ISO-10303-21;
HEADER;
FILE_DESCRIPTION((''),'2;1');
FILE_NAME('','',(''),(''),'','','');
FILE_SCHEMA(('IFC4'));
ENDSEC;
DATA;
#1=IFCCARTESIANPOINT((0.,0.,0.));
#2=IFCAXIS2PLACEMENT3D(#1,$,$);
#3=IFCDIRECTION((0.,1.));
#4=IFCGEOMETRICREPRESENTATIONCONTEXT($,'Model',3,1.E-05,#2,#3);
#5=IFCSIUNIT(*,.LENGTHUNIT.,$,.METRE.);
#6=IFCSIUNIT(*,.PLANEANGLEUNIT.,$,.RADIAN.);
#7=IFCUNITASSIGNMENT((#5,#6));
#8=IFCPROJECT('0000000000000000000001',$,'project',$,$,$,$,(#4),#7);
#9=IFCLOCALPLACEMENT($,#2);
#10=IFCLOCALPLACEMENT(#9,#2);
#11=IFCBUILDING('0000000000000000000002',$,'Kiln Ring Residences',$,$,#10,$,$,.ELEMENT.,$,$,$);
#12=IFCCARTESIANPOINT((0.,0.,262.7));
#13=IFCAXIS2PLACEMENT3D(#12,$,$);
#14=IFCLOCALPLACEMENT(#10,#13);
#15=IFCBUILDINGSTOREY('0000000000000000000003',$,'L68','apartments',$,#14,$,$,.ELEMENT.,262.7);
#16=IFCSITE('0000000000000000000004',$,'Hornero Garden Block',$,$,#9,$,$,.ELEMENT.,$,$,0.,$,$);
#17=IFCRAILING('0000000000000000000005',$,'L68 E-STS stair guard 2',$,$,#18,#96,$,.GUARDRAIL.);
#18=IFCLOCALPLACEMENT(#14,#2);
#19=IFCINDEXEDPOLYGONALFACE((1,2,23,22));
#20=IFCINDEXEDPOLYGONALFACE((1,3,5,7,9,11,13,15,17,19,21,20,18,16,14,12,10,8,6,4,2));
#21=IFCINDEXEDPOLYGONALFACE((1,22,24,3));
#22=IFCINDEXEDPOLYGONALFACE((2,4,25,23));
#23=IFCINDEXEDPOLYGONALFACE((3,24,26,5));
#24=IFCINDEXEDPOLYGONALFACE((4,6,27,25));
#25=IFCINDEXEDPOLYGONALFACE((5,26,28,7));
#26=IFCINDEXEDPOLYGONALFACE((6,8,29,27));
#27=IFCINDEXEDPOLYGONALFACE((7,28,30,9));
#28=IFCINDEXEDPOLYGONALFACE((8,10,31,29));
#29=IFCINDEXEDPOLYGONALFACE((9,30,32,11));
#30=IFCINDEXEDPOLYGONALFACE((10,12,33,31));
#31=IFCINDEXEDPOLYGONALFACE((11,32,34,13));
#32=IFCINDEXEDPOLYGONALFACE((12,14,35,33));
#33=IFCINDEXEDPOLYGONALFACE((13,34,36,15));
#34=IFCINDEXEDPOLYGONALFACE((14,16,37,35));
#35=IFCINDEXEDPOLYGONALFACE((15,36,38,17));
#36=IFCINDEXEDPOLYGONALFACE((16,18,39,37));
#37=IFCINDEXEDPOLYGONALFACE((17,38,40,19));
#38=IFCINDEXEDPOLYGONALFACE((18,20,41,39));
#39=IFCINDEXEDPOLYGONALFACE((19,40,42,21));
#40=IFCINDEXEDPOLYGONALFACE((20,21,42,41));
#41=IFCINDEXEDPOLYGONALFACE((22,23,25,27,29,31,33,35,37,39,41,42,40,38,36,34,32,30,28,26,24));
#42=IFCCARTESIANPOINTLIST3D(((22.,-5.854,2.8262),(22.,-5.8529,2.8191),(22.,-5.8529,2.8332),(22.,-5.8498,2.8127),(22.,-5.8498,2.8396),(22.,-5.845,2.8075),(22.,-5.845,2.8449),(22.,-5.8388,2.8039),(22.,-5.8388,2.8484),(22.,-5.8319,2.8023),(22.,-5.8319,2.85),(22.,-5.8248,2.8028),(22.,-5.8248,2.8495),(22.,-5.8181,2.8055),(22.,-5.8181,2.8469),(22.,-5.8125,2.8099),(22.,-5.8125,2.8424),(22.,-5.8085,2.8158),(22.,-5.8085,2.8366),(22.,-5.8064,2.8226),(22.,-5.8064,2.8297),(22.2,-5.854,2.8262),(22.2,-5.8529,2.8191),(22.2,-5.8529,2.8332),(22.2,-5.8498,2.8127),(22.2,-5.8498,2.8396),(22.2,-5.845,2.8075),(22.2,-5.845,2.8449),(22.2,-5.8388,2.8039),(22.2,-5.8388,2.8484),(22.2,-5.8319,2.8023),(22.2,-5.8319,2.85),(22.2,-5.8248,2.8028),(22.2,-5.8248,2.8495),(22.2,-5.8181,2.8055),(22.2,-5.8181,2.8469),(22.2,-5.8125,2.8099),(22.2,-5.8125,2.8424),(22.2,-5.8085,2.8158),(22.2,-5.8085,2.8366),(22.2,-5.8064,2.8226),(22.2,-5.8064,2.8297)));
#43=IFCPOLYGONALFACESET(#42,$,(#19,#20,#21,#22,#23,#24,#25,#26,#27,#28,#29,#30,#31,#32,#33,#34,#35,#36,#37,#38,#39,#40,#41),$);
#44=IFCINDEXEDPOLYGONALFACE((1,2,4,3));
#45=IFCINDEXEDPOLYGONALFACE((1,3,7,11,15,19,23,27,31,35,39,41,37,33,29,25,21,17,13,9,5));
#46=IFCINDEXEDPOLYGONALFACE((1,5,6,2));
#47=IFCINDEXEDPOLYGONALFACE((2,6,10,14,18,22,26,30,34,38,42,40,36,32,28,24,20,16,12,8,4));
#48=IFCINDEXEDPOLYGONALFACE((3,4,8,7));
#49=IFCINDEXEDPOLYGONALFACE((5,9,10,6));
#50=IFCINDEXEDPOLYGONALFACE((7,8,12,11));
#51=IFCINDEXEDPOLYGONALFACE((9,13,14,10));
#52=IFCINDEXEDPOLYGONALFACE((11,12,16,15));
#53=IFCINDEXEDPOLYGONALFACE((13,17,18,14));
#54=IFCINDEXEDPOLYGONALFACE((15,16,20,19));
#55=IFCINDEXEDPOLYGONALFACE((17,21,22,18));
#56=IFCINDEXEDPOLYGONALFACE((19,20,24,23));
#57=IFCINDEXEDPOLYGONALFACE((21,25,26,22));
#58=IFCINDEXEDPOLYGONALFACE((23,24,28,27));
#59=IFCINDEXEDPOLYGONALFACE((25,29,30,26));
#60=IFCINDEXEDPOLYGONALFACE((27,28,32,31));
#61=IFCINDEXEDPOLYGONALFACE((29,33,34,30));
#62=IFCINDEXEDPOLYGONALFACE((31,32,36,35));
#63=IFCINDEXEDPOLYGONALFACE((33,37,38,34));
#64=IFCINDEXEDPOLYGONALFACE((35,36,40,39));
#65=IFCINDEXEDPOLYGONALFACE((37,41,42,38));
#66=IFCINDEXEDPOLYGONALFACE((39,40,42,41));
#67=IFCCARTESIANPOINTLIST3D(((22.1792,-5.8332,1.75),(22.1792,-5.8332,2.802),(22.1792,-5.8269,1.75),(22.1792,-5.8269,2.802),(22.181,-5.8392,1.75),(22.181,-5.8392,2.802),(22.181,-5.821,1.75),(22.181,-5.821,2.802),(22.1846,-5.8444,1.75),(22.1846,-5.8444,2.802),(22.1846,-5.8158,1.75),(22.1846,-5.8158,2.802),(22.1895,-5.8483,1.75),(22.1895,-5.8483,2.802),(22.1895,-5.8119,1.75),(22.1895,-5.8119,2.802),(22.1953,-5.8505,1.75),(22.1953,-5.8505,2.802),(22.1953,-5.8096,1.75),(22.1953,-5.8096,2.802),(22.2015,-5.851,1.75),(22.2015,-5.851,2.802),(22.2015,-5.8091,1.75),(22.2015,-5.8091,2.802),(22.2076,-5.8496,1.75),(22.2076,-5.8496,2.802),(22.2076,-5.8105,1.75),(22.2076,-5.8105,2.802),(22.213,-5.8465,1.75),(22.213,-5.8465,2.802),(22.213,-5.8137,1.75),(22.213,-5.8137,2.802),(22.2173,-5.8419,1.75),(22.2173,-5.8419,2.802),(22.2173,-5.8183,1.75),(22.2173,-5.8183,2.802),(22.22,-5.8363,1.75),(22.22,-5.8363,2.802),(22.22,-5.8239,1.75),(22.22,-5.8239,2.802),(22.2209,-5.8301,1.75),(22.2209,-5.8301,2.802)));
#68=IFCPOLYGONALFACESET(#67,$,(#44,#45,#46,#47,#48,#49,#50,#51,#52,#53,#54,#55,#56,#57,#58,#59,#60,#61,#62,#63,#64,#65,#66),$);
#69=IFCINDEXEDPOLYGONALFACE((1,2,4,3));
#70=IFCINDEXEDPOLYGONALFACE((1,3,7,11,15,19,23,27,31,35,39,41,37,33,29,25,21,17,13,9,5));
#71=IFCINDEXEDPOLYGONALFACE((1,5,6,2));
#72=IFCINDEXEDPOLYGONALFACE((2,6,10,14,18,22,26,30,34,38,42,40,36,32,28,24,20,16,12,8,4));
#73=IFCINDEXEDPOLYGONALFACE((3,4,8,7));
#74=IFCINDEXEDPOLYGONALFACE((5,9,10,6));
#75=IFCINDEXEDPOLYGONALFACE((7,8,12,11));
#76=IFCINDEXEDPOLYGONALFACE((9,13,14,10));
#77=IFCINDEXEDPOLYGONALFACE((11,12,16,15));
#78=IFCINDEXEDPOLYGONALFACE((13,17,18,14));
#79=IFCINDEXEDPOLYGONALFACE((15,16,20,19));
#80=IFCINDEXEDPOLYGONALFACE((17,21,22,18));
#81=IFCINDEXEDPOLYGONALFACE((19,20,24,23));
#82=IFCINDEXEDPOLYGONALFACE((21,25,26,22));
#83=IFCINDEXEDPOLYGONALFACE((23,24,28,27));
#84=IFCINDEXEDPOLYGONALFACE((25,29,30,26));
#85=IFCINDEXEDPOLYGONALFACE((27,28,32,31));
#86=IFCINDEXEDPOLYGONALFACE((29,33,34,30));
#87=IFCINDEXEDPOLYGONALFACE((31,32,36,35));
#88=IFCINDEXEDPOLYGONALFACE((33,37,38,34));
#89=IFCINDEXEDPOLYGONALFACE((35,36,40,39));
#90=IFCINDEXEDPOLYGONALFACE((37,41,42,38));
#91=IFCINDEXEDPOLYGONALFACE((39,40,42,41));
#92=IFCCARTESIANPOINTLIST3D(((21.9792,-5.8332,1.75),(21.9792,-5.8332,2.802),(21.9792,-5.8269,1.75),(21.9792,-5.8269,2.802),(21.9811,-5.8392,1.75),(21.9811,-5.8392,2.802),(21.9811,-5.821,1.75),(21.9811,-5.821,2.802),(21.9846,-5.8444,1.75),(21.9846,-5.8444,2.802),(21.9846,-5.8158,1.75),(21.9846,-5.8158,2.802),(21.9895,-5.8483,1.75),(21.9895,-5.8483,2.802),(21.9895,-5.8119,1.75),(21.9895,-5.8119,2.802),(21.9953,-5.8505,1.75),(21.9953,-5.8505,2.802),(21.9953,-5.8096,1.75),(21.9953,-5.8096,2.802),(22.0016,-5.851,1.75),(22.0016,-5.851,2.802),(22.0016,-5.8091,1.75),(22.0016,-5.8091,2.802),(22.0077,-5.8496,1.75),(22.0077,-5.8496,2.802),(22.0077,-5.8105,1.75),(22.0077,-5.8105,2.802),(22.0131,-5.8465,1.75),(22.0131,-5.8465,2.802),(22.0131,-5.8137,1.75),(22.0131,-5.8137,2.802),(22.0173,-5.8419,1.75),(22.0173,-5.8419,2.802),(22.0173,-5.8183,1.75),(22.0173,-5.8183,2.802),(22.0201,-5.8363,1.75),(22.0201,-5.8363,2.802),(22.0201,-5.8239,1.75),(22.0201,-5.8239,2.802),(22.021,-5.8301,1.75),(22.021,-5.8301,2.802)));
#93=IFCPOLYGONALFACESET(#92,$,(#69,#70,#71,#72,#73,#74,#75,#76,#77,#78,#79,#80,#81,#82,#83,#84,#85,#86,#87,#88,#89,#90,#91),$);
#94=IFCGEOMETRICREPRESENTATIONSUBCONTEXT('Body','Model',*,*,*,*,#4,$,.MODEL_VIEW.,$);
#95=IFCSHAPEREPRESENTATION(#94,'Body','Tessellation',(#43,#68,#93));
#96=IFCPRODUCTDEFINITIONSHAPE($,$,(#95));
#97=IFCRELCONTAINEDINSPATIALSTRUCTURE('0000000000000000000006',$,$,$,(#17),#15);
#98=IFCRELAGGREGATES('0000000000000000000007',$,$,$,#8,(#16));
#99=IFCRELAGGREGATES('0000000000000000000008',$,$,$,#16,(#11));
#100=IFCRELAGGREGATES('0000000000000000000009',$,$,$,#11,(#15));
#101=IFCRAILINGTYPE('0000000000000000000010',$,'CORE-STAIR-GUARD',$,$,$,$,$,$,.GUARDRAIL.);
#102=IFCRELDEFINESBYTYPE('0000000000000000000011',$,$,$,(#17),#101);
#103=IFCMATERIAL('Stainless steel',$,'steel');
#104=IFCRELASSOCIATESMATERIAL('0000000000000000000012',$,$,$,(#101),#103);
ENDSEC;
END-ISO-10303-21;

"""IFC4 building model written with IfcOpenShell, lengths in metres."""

from ifc_helpers import new_model, si_unit, direction, frame, origin, origin_2d, place, context, subcontext, project, spatial, circle, extrude, material, type_object, element, save


model = new_model("IFC4")

# Units and contexts
model_context = context("Model", 3, precision=1e-05, world=origin(), true_north=direction((0.0, 1.0)))
body_context = subcontext(model_context, "Body", "Model", "MODEL_VIEW")
ifc_project = project(units=[si_unit("LENGTHUNIT", "METRE"), si_unit("PLANEANGLEUNIT", "RADIAN")], contexts=[model_context])

# Site, building, storey
site_placement = place(None, origin())
site = spatial("IfcSite", under=ifc_project, at=site_placement, Name="Hornero Garden Block", CompositionType="ELEMENT", RefElevation=0.0)
building_placement = place(site_placement, origin())
building = spatial("IfcBuilding", under=site, at=building_placement, Name="Kiln Ring Residences", CompositionType="ELEMENT")
storey_placement = place(building_placement, frame((0.0, 0.0, 262.7)))
storey = spatial("IfcBuildingStorey", under=building, at=storey_placement, Name="L68", Description="apartments", CompositionType="ELEMENT", Elevation=262.7)

# Railing
ifc_material_1 = material(Name="Stainless steel", Category="steel")
railing_type_1 = type_object("IfcRailingType", Name="CORE-STAIR-GUARD", PredefinedType="GUARDRAIL", material=ifc_material_1)
railing_1_placement = place(storey_placement, frame((22.2, -5.8301, 1.75)))
element("IfcRailing", 1, at=railing_1_placement, inside=storey, type_object=railing_type_1, Name="L68 E-STS stair guard 2", PredefinedType="GUARDRAIL", context=body_context, shape_type="SweptSolid", body=[
    extrude(circle(Radius=0.0239, at=origin_2d()), frame((0.0, 0.0, 1.0762), z_axis=(-1.0, 0.0, 0.0), x_axis=(0.0, -1.0, 0.0)), (0.0, 0.0, 1.0), 0.2),
    extrude(circle(Radius=0.021, at=origin_2d()), origin(), (0.0, 0.0, 1.0), 1.052),
    extrude(circle(Radius=0.021, at=origin_2d()), frame((-0.2, 0.0, 0.0)), (0.0, 0.0, 1.0), 1.052),
])

save(model, "model.ifc")
